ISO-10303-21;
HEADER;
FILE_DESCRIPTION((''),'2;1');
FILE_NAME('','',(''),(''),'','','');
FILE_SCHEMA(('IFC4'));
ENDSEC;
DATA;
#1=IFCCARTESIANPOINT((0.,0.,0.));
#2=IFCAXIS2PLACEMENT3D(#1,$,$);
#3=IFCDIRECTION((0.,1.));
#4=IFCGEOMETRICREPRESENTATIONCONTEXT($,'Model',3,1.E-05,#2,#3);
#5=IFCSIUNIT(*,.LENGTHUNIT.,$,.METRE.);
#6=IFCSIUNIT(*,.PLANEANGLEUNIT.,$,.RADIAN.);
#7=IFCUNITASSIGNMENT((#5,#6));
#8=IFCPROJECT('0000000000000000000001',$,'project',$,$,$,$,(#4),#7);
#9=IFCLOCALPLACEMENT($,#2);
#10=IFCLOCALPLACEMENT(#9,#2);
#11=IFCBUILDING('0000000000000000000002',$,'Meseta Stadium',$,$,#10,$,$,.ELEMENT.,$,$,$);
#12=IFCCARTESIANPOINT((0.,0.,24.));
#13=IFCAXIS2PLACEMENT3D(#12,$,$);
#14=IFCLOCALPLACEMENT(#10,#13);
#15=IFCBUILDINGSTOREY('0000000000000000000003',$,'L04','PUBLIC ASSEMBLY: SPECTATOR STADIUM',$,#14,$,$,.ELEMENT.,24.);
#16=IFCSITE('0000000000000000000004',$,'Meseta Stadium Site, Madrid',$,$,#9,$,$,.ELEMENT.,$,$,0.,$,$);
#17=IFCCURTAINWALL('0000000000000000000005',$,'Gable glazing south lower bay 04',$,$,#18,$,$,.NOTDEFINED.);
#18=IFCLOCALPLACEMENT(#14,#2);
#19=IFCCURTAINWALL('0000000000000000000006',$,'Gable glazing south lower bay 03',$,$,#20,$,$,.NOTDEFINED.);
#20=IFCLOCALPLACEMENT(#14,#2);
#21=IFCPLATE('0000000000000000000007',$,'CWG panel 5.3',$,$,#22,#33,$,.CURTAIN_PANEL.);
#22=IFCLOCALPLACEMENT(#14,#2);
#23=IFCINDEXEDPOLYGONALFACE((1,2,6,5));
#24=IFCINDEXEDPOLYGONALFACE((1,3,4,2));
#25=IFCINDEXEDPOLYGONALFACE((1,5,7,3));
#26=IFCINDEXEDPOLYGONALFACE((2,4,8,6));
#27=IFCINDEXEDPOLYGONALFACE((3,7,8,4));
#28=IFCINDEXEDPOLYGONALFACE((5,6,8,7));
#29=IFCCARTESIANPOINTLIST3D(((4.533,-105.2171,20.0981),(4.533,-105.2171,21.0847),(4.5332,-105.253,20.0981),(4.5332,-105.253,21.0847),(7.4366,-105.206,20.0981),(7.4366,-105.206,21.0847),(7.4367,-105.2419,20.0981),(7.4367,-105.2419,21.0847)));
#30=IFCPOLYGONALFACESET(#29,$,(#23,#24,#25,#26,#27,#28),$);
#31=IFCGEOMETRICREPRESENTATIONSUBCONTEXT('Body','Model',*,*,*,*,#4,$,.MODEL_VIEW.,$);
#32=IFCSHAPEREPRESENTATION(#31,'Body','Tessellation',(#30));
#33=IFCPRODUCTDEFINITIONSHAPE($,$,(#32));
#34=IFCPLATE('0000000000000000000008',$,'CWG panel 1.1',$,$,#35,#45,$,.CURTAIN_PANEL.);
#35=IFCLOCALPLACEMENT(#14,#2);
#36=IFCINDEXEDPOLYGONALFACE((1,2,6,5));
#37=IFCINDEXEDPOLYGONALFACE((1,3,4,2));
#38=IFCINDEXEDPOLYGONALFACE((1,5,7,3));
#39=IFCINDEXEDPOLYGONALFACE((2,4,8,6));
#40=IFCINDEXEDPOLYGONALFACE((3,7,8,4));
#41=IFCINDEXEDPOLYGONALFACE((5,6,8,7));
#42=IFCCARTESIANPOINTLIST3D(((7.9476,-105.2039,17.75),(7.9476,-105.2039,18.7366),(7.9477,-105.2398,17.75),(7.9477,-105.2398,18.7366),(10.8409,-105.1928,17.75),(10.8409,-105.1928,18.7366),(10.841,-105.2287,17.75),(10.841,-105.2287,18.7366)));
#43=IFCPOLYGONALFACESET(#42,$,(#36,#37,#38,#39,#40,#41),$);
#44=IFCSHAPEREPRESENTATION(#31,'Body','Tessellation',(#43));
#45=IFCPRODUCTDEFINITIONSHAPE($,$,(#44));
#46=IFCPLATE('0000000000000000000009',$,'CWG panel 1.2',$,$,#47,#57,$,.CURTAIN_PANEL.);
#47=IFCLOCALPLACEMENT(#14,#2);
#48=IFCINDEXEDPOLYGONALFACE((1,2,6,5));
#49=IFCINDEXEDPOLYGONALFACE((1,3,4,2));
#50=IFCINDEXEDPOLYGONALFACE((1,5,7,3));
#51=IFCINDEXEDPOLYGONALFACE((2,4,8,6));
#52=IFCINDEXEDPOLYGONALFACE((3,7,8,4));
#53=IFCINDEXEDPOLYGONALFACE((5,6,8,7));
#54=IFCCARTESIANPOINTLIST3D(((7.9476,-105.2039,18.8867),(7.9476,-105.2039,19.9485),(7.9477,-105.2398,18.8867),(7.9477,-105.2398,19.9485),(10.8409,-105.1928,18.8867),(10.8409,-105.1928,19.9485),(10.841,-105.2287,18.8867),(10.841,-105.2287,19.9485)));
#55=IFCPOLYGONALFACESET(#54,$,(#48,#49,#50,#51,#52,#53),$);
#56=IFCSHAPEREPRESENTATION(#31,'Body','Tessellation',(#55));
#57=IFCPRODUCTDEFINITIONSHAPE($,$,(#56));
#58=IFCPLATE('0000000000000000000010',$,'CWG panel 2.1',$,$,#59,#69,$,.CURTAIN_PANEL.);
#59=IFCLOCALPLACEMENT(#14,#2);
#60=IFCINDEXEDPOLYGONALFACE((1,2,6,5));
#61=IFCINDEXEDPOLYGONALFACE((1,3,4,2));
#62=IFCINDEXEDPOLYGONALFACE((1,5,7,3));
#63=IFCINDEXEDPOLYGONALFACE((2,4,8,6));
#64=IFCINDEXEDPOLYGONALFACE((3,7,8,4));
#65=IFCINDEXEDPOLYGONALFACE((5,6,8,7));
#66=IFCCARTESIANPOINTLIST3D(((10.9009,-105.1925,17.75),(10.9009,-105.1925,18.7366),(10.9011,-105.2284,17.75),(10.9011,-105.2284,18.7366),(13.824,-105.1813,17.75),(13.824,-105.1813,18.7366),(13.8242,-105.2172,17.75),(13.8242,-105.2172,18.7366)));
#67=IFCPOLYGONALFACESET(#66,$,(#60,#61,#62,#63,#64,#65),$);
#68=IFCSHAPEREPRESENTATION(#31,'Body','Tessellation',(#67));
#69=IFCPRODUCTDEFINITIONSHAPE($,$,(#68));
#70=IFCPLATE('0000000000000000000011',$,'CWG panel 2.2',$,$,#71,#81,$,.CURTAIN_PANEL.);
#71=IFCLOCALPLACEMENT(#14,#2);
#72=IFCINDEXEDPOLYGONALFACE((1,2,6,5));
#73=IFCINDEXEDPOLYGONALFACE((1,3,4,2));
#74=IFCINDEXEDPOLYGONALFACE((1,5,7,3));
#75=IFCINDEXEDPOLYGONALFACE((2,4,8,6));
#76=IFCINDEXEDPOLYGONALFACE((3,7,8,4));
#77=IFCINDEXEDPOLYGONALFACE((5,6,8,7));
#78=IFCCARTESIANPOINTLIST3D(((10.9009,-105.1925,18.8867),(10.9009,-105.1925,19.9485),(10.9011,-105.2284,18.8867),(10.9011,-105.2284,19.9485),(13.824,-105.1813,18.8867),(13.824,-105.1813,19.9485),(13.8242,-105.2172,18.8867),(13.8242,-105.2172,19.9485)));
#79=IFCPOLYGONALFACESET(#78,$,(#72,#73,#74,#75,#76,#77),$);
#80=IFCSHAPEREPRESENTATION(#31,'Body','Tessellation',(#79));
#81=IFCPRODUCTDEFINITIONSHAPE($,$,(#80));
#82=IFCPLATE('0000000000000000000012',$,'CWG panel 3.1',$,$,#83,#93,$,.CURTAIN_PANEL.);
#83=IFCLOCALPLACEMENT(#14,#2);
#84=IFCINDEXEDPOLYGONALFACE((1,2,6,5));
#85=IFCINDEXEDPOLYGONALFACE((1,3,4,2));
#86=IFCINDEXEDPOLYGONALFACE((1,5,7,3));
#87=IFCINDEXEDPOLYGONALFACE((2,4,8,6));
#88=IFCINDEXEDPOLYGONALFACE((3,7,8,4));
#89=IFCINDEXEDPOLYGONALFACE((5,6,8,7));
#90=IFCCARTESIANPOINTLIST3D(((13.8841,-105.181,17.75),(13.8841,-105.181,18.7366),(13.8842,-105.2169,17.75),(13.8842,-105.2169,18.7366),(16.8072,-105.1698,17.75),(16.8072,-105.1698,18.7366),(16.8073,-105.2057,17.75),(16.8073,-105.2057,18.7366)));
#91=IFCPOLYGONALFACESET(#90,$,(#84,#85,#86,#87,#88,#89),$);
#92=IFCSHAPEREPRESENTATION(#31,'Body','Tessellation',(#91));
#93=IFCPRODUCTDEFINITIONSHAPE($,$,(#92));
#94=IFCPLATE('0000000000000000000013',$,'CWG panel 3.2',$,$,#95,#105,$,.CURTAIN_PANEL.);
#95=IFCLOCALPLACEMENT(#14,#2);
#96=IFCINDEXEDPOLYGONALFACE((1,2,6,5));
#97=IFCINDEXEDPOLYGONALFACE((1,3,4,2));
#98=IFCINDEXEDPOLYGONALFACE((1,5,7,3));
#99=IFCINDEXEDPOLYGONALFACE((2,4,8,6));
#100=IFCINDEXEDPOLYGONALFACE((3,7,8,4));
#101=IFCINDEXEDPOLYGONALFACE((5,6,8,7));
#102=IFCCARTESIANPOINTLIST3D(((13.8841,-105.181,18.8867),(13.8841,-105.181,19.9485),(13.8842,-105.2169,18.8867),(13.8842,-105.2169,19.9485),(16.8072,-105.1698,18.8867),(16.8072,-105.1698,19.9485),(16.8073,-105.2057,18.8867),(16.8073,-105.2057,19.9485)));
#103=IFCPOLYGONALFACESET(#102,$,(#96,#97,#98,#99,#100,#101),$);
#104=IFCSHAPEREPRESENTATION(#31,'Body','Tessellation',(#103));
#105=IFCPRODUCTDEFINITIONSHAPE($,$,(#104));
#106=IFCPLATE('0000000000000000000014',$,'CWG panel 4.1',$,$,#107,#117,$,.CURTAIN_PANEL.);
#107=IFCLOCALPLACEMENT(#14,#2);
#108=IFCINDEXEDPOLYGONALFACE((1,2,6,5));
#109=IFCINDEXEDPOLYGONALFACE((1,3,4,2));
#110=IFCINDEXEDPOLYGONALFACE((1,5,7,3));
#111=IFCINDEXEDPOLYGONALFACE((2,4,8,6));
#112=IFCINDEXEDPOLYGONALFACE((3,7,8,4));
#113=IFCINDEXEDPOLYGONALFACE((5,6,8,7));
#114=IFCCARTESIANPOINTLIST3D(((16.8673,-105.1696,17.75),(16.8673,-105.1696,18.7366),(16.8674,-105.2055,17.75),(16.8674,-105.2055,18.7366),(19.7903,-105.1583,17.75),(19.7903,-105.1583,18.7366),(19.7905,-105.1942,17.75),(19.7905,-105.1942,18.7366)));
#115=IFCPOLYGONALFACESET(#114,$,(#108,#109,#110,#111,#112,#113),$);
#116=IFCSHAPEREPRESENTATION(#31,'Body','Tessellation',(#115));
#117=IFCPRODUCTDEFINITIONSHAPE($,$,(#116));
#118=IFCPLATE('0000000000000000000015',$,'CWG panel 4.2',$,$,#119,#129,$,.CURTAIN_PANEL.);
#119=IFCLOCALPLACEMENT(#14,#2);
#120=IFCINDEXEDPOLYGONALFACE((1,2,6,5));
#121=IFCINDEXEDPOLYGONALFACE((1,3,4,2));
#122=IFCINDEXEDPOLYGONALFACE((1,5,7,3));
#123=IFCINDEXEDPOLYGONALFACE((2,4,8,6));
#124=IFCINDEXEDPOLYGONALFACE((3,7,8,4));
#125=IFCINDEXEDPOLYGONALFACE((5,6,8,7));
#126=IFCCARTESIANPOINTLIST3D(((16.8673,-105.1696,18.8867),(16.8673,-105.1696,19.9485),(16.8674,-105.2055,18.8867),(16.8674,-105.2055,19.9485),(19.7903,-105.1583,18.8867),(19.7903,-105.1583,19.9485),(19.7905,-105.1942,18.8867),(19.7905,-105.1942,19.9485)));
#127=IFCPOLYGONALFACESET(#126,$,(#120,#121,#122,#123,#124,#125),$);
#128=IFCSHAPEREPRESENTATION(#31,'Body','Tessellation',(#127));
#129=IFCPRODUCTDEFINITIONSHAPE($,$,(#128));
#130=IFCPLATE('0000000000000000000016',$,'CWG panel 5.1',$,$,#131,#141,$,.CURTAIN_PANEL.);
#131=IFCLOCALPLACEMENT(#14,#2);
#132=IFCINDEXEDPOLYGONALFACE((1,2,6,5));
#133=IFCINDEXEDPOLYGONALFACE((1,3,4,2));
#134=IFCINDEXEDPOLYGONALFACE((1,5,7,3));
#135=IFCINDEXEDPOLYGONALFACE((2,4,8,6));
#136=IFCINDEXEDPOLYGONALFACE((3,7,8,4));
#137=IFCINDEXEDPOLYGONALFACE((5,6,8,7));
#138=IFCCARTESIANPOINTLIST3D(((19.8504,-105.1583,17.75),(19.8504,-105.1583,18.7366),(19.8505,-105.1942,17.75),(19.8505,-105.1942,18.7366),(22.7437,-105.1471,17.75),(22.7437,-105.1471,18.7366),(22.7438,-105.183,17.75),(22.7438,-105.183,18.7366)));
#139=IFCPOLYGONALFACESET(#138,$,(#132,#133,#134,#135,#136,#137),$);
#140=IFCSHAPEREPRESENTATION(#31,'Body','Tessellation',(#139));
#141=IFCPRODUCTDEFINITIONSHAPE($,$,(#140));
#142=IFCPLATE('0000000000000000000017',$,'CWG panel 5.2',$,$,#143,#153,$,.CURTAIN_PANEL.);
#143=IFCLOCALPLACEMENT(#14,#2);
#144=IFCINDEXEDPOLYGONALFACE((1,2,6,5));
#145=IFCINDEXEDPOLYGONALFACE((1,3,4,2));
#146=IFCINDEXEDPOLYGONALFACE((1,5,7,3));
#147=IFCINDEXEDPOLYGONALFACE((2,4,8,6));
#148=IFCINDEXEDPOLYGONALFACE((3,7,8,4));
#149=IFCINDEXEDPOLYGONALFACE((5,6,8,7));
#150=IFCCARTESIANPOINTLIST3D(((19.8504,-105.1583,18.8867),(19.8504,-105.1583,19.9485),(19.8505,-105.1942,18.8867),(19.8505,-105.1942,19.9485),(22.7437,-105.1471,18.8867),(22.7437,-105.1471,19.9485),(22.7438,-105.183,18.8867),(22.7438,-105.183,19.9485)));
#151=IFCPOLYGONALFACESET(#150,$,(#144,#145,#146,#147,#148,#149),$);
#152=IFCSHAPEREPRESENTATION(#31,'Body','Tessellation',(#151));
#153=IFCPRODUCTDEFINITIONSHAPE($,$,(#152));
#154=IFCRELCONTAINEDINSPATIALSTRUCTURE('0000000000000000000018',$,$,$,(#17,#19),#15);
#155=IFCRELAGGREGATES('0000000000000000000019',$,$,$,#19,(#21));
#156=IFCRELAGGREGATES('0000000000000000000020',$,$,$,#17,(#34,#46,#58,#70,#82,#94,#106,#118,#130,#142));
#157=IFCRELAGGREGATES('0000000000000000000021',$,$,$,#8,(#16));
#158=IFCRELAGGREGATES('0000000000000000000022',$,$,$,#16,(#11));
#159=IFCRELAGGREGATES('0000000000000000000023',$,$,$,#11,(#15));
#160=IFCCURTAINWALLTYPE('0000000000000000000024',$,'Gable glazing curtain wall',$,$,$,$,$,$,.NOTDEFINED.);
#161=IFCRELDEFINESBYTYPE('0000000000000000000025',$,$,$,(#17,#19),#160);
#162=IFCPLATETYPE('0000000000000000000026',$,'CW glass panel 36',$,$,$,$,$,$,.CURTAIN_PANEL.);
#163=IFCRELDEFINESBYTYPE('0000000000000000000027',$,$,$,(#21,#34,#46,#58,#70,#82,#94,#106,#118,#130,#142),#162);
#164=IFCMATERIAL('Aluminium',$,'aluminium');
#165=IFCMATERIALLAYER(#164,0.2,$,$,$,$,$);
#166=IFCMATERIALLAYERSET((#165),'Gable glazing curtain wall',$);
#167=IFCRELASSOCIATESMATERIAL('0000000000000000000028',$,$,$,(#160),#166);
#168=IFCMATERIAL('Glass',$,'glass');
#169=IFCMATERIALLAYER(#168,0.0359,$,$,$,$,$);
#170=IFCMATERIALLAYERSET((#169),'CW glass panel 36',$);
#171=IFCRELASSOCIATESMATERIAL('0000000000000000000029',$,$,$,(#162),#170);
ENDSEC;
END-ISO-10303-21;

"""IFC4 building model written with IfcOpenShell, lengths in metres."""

from ifc_helpers import new_model, si_unit, direction, frame, origin, origin_2d, place, context, subcontext, project, spatial, rectangle, extrude, material, layer, layer_set, type_object, element, aggregate, save


model = new_model("IFC4")

# Units and contexts
model_context = context("Model", 3, precision=1e-05, world=origin(), true_north=direction((0.0, 1.0)))
body_context = subcontext(model_context, "Body", "Model", "MODEL_VIEW")
ifc_project = project(units=[si_unit("LENGTHUNIT", "METRE"), si_unit("PLANEANGLEUNIT", "RADIAN")], contexts=[model_context])

# Site, building, storey
site_placement = place(None, origin())
site = spatial("IfcSite", under=ifc_project, at=site_placement, Name="Meseta Stadium Site, Madrid", CompositionType="ELEMENT", RefElevation=0.0)
building_placement = place(site_placement, origin())
building = spatial("IfcBuilding", under=site, at=building_placement, Name="Meseta Stadium", CompositionType="ELEMENT")
storey_placement = place(building_placement, frame((0.0, 0.0, 24.0)))
storey = spatial("IfcBuildingStorey", under=building, at=storey_placement, Name="L04", Description="PUBLIC ASSEMBLY: SPECTATOR STADIUM", CompositionType="ELEMENT", Elevation=24.0)

# Curtain wall
ifc_material_1 = material(Name="Aluminium", Category="aluminium")
ifc_layer_1 = layer(ifc_material_1, 0.2)
ifc_layer_set_1 = layer_set([ifc_layer_1], Name="Gable glazing curtain wall")
curtain_wall_type = type_object("IfcCurtainWallType", Name="Gable glazing curtain wall", PredefinedType="NOTDEFINED", material=ifc_layer_set_1)
curtain_wall_1_placement = place(storey_placement, origin())
curtain_wall_1 = element("IfcCurtainWall", 1, at=curtain_wall_1_placement, inside=storey, type_object=curtain_wall_type, Name="Gable glazing south lower bay 04", PredefinedType="NOTDEFINED")

# Curtain wall, plate
curtain_wall_2_placement = place(storey_placement, origin())
curtain_wall_2 = element("IfcCurtainWall", 2, at=curtain_wall_2_placement, inside=storey, type_object=curtain_wall_type, Name="Gable glazing south lower bay 03", PredefinedType="NOTDEFINED")
ifc_material_2 = material(Name="Glass", Category="glass")
ifc_layer_2 = layer(ifc_material_2, 0.0359)
ifc_layer_set_2 = layer_set([ifc_layer_2], Name="CW glass panel 36")
plate_type = type_object("IfcPlateType", Name="CW glass panel 36", PredefinedType="CURTAIN_PANEL", material=ifc_layer_set_2)
plate_1_placement = place(storey_placement, frame((5.9849, -105.2295, 20.0981), z_axis=(0.0, 0.0, 1.0), x_axis=(0.999993, 0.003848, 0.0)))
plate_1 = element("IfcPlate", 3, at=plate_1_placement, type_object=plate_type, Name="CWG panel 5.3", PredefinedType="CURTAIN_PANEL", context=body_context, shape_type="SweptSolid", body=[
    extrude(rectangle(XDim=2.9036, YDim=0.0359, at=origin_2d()), origin(), (0.0, 0.0, 1.0), 0.9866),
])
aggregate(curtain_wall_2, [plate_1])

# Plates
plate_2_placement = place(storey_placement, frame((9.3943, -105.2163, 17.75), z_axis=(0.0, 0.0, 1.0), x_axis=(0.999993, 0.003848, 0.0)))
plate_2 = element("IfcPlate", 4, at=plate_2_placement, type_object=plate_type, Name="CWG panel 1.1", PredefinedType="CURTAIN_PANEL", context=body_context, shape_type="SweptSolid", body=[
    extrude(rectangle(XDim=2.8933, YDim=0.0359, at=origin_2d()), origin(), (0.0, 0.0, 1.0), 0.9866),
])
plate_3_placement = place(storey_placement, frame((9.3943, -105.2163, 18.8867), z_axis=(0.0, 0.0, 1.0), x_axis=(0.999993, 0.003848, 0.0)))
plate_3 = element("IfcPlate", 5, at=plate_3_placement, type_object=plate_type, Name="CWG panel 1.2", PredefinedType="CURTAIN_PANEL", context=body_context, shape_type="SweptSolid", body=[
    extrude(rectangle(XDim=2.8933, YDim=0.0359, at=origin_2d()), origin(), (0.0, 0.0, 1.0), 1.0618),
])
plate_4_placement = place(storey_placement, frame((12.3625, -105.2048, 17.75), z_axis=(0.0, 0.0, 1.0), x_axis=(0.999993, 0.003848, 0.0)))
plate_4 = element("IfcPlate", 6, at=plate_4_placement, type_object=plate_type, Name="CWG panel 2.1", PredefinedType="CURTAIN_PANEL", context=body_context, shape_type="SweptSolid", body=[
    extrude(rectangle(XDim=2.9231, YDim=0.0359, at=origin_2d()), origin(), (0.0, 0.0, 1.0), 0.9866),
])
plate_5_placement = place(storey_placement, frame((12.3625, -105.2048, 18.8867), z_axis=(0.0, 0.0, 1.0), x_axis=(0.999993, 0.003848, 0.0)))
plate_5 = element("IfcPlate", 7, at=plate_5_placement, type_object=plate_type, Name="CWG panel 2.2", PredefinedType="CURTAIN_PANEL", context=body_context, shape_type="SweptSolid", body=[
    extrude(rectangle(XDim=2.9231, YDim=0.0359, at=origin_2d()), origin(), (0.0, 0.0, 1.0), 1.0618),
])
plate_6_placement = place(storey_placement, frame((15.3457, -105.1934, 17.75), z_axis=(0.0, 0.0, 1.0), x_axis=(0.999993, 0.003848, 0.0)))
plate_6 = element("IfcPlate", 8, at=plate_6_placement, type_object=plate_type, Name="CWG panel 3.1", PredefinedType="CURTAIN_PANEL", context=body_context, shape_type="SweptSolid", body=[
    extrude(rectangle(XDim=2.9231, YDim=0.0359, at=origin_2d()), origin(), (0.0, 0.0, 1.0), 0.9866),
])
plate_7_placement = place(storey_placement, frame((15.3457, -105.1934, 18.8867), z_axis=(0.0, 0.0, 1.0), x_axis=(0.999993, 0.003848, 0.0)))
plate_7 = element("IfcPlate", 9, at=plate_7_placement, type_object=plate_type, Name="CWG panel 3.2", PredefinedType="CURTAIN_PANEL", context=body_context, shape_type="SweptSolid", body=[
    extrude(rectangle(XDim=2.9231, YDim=0.0359, at=origin_2d()), origin(), (0.0, 0.0, 1.0), 1.0618),
])
plate_8_placement = place(storey_placement, frame((18.3289, -105.1819, 17.75), z_axis=(0.0, 0.0, 1.0), x_axis=(0.999993, 0.003848, 0.0)))
plate_8 = element("IfcPlate", 10, at=plate_8_placement, type_object=plate_type, Name="CWG panel 4.1", PredefinedType="CURTAIN_PANEL", context=body_context, shape_type="SweptSolid", body=[
    extrude(rectangle(XDim=2.9231, YDim=0.0359, at=origin_2d()), origin(), (0.0, 0.0, 1.0), 0.9866),
])
plate_9_placement = place(storey_placement, frame((18.3289, -105.1819, 18.8867), z_axis=(0.0, 0.0, 1.0), x_axis=(0.999993, 0.003848, 0.0)))
plate_9 = element("IfcPlate", 11, at=plate_9_placement, type_object=plate_type, Name="CWG panel 4.2", PredefinedType="CURTAIN_PANEL", context=body_context, shape_type="SweptSolid", body=[
    extrude(rectangle(XDim=2.9231, YDim=0.0359, at=origin_2d()), origin(), (0.0, 0.0, 1.0), 1.0618),
])
plate_10_placement = place(storey_placement, frame((21.2971, -105.1707, 17.75), z_axis=(0.0, 0.0, 1.0), x_axis=(0.999993, 0.003848, 0.0)))
plate_10 = element("IfcPlate", 12, at=plate_10_placement, type_object=plate_type, Name="CWG panel 5.1", PredefinedType="CURTAIN_PANEL", context=body_context, shape_type="SweptSolid", body=[
    extrude(rectangle(XDim=2.8933, YDim=0.0359, at=origin_2d()), origin(), (0.0, 0.0, 1.0), 0.9866),
])
plate_11_placement = place(storey_placement, frame((21.2971, -105.1707, 18.8867), z_axis=(0.0, 0.0, 1.0), x_axis=(0.999993, 0.003848, 0.0)))
plate_11 = element("IfcPlate", 13, at=plate_11_placement, type_object=plate_type, Name="CWG panel 5.2", PredefinedType="CURTAIN_PANEL", context=body_context, shape_type="SweptSolid", body=[
    extrude(rectangle(XDim=2.8933, YDim=0.0359, at=origin_2d()), origin(), (0.0, 0.0, 1.0), 1.0618),
])
aggregate(curtain_wall_1, [plate_2, plate_3, plate_4, plate_5, plate_6, plate_7, plate_8, plate_9, plate_10, plate_11])

save(model, "model.ifc")
